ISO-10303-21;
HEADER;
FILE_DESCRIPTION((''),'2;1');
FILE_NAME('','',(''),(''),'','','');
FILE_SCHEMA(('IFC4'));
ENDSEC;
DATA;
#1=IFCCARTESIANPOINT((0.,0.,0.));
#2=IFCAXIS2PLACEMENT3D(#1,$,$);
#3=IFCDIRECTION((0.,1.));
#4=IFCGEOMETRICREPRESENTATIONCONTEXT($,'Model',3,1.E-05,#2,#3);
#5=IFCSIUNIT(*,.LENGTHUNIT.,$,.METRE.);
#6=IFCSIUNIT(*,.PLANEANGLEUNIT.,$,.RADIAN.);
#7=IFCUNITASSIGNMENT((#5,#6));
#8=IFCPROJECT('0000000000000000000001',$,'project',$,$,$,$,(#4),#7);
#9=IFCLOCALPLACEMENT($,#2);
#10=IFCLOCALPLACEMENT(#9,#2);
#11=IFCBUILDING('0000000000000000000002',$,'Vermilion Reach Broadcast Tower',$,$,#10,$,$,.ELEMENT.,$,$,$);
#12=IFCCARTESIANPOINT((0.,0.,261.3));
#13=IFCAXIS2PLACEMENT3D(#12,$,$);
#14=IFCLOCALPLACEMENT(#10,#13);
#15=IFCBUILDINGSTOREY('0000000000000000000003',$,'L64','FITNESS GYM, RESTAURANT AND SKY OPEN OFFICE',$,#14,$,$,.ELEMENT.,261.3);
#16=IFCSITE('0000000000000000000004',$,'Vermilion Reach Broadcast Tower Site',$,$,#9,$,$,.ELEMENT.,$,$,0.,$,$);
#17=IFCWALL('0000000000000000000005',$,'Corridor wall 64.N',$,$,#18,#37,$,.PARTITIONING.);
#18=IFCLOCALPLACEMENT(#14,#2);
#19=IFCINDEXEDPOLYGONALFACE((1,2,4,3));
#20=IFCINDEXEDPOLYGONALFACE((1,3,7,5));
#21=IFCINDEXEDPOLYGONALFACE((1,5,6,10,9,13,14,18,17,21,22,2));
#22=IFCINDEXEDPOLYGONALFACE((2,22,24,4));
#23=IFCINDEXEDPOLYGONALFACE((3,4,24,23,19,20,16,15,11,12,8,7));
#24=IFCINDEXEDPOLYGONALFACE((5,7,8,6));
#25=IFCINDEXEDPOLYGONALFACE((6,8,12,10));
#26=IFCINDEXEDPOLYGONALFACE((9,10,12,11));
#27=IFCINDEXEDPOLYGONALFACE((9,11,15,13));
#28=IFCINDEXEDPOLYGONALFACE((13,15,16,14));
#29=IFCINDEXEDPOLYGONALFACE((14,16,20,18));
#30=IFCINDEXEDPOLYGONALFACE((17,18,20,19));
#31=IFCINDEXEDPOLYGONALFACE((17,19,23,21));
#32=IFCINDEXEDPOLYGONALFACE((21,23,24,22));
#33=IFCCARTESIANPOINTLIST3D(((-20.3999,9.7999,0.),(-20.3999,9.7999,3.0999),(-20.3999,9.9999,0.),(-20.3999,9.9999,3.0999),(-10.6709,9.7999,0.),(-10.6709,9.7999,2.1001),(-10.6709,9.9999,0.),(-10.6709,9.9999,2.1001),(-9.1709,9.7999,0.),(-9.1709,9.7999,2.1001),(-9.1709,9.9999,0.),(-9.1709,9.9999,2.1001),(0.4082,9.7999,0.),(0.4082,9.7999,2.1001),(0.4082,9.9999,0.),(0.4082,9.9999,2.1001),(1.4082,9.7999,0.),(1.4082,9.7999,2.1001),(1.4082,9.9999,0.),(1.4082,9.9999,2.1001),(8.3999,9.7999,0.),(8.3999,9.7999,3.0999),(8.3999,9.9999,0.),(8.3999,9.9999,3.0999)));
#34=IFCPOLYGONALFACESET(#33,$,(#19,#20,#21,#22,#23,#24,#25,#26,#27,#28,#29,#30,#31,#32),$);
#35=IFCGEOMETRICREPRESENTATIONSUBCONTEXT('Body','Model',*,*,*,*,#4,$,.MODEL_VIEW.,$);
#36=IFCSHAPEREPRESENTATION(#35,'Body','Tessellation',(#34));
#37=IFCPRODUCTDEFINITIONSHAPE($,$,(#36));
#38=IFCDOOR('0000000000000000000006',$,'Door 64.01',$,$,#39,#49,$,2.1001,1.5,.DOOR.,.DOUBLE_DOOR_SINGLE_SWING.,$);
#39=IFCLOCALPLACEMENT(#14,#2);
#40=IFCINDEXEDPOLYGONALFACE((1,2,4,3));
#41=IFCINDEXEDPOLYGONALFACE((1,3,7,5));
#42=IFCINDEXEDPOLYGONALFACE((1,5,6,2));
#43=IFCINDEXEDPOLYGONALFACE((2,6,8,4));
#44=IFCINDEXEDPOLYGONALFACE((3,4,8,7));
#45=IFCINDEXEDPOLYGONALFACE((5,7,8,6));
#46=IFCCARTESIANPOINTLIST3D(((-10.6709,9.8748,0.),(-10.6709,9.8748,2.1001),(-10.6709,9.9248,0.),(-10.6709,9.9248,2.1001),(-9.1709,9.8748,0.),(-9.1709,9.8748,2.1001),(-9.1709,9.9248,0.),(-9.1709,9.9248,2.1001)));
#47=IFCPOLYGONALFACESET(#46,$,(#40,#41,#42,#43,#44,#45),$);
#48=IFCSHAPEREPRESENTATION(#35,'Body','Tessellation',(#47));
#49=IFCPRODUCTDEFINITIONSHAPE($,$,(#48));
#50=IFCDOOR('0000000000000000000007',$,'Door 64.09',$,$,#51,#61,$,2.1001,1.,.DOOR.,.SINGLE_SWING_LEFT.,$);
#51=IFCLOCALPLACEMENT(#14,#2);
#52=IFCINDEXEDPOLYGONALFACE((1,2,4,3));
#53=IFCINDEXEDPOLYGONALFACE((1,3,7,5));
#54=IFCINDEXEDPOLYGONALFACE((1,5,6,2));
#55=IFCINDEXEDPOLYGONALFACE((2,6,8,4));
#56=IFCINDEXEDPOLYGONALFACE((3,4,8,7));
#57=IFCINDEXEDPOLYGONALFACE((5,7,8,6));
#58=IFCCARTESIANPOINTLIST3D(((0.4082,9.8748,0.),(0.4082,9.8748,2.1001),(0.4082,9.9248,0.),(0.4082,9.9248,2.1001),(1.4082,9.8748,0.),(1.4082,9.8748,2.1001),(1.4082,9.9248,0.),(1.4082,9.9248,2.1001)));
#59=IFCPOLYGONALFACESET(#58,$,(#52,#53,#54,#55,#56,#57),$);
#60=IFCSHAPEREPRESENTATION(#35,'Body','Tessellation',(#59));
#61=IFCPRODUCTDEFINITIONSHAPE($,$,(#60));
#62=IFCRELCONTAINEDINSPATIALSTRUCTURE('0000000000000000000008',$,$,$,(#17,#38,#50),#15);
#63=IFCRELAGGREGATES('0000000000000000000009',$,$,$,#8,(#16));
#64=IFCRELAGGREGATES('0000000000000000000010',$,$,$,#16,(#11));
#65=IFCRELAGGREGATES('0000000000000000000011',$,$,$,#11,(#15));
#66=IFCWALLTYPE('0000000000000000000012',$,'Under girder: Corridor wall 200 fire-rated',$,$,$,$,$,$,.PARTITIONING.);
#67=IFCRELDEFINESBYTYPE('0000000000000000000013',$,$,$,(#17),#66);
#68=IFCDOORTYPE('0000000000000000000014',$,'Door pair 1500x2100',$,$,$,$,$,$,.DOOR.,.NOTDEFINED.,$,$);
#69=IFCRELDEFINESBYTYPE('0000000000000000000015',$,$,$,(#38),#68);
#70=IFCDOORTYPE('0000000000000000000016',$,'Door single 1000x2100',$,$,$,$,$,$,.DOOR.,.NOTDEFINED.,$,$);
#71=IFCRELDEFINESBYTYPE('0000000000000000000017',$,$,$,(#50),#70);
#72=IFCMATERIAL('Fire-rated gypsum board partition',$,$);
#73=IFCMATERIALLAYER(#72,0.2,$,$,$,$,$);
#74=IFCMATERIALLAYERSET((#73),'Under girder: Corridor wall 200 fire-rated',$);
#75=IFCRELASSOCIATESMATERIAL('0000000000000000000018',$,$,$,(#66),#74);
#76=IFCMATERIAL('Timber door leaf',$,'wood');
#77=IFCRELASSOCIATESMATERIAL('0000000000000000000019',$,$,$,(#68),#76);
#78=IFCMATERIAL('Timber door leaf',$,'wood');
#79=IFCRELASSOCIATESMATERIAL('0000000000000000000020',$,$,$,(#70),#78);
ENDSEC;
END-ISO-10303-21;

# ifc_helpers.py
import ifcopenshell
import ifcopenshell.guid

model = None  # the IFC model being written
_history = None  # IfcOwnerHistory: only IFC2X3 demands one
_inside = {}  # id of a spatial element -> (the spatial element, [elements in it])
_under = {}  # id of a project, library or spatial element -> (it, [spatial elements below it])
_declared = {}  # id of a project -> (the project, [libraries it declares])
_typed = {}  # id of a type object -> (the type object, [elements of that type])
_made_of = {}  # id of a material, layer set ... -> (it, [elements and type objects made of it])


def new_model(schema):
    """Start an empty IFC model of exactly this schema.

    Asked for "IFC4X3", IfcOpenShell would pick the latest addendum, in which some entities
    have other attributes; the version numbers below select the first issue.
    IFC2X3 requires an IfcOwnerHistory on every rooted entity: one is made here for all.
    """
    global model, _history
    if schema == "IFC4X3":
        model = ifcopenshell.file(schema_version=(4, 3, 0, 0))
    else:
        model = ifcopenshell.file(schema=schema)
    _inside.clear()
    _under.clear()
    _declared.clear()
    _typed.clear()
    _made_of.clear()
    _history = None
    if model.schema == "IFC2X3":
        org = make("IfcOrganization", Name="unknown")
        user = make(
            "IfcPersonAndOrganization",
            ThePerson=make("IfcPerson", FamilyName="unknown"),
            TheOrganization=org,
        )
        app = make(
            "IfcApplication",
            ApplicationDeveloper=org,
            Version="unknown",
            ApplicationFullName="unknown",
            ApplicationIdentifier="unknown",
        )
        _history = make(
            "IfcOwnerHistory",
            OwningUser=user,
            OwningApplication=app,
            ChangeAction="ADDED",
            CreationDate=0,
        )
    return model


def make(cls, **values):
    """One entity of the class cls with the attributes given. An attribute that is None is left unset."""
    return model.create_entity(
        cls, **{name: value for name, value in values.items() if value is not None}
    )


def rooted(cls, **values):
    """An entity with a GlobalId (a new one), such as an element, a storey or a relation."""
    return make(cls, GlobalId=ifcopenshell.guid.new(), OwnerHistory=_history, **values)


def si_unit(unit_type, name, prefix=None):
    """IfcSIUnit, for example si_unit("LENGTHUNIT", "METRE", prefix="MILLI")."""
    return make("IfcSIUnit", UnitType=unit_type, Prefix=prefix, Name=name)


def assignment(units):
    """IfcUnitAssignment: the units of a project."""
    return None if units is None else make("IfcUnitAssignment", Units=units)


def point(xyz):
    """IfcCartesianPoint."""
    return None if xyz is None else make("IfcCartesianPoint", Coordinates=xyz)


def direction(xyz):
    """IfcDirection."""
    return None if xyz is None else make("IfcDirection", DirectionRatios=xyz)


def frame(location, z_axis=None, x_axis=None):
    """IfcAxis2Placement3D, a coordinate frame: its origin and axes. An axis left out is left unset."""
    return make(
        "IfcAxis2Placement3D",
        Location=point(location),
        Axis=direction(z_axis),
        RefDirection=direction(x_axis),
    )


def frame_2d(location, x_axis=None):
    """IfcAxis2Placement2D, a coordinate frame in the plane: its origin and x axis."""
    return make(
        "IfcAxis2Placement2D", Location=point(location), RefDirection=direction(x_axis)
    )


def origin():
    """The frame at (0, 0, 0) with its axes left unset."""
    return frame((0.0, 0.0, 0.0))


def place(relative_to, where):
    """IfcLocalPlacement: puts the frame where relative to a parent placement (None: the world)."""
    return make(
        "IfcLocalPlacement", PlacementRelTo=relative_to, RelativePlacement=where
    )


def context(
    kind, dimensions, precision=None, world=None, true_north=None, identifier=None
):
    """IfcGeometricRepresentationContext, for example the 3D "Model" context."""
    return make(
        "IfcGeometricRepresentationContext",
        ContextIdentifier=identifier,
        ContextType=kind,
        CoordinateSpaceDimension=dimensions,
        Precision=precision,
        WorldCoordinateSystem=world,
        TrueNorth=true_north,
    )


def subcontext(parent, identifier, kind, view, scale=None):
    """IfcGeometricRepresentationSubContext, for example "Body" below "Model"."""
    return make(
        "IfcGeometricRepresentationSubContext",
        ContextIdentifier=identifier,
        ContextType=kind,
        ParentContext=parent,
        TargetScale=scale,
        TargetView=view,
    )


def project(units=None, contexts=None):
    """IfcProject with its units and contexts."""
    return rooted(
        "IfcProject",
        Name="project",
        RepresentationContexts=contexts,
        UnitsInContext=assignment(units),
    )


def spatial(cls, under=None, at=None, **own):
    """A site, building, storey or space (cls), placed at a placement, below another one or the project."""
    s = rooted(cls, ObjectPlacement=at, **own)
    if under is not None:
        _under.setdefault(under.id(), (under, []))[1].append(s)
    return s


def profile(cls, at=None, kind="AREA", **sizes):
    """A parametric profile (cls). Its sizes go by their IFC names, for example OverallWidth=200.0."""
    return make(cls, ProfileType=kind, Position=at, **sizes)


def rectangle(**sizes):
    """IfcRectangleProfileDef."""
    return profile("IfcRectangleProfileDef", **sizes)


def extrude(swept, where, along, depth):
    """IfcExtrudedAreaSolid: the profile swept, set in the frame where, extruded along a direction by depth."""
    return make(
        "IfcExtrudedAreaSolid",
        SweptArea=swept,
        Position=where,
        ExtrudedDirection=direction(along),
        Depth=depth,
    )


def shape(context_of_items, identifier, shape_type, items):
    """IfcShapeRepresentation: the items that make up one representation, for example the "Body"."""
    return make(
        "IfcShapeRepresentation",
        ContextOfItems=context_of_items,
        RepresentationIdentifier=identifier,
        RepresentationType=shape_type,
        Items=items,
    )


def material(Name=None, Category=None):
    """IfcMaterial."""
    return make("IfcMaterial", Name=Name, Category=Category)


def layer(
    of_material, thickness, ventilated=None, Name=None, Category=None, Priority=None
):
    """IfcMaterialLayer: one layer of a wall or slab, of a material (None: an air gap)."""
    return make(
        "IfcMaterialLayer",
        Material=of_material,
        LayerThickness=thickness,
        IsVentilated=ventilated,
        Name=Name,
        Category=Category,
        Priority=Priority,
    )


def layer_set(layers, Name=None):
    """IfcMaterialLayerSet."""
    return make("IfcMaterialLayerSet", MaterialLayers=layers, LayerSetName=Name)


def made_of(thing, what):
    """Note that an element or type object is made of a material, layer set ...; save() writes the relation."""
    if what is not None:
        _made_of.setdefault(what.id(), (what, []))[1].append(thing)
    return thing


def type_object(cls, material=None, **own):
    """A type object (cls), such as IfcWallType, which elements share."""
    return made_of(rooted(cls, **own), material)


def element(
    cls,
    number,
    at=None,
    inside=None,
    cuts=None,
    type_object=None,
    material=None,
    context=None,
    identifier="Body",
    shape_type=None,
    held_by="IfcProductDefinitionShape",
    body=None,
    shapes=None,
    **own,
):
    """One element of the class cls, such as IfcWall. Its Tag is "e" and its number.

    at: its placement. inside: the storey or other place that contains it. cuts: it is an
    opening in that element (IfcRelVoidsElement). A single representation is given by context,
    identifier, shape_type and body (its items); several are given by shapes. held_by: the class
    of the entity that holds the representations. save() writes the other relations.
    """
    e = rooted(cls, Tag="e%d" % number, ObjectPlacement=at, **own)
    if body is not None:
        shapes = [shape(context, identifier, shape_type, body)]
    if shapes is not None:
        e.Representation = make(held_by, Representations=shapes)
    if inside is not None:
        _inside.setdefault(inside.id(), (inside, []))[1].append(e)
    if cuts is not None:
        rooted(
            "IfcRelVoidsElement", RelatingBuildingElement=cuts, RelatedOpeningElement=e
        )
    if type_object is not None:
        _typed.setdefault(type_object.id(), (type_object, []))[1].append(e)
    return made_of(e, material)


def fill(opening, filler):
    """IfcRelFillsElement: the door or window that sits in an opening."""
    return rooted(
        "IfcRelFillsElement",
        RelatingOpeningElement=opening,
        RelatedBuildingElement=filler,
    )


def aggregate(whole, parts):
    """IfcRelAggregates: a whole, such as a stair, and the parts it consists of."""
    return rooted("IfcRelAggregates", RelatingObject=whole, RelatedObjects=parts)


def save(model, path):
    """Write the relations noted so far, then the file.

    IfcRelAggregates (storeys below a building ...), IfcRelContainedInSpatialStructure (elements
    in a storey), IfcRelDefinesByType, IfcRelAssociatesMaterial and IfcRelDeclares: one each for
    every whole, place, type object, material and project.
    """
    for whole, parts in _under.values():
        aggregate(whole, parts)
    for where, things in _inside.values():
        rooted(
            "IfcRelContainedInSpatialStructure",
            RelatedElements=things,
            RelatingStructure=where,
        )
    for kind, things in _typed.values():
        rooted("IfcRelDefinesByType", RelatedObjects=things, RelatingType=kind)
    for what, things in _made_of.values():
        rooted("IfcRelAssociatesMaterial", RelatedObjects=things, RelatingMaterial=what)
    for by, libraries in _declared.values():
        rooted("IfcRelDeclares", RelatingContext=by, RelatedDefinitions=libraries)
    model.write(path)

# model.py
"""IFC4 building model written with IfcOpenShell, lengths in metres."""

from ifc_helpers import new_model, si_unit, direction, frame, frame_2d, origin, place, context, subcontext, project, spatial, rectangle, extrude, material, layer, layer_set, type_object, element, fill, save


model = new_model("IFC4")

# Units and contexts
model_context = context("Model", 3, precision=1e-05, world=origin(), true_north=direction((0.0, 1.0)))
body_context = subcontext(model_context, "Body", "Model", "MODEL_VIEW")
ifc_project = project(units=[si_unit("LENGTHUNIT", "METRE"), si_unit("PLANEANGLEUNIT", "RADIAN")], contexts=[model_context])

# Site, building, storey
site_placement = place(None, origin())
site = spatial("IfcSite", under=ifc_project, at=site_placement, Name="Vermilion Reach Broadcast Tower Site", CompositionType="ELEMENT", RefElevation=0.0)
building_placement = place(site_placement, origin())
building = spatial("IfcBuilding", under=site, at=building_placement, Name="Vermilion Reach Broadcast Tower", CompositionType="ELEMENT")
storey_placement = place(building_placement, frame((0.0, 0.0, 261.3)))
storey = spatial("IfcBuildingStorey", under=building, at=storey_placement, Name="L64", Description="FITNESS GYM, RESTAURANT AND SKY OPEN OFFICE", CompositionType="ELEMENT", Elevation=261.3)

# Wall, openings, doors
ifc_material_1 = material(Name="Fire-rated gypsum board partition")
ifc_layer_1 = layer(ifc_material_1, 0.2)
ifc_layer_set_1 = layer_set([ifc_layer_1], Name="Under girder: Corridor wall 200 fire-rated")
wall_type_1 = type_object("IfcWallType", Name="Under girder: Corridor wall 200 fire-rated", PredefinedType="PARTITIONING", material=ifc_layer_set_1)
wall_1_placement = place(storey_placement, frame((-20.3999, 9.8999, 0.0), z_axis=(0.0, 0.0, 1.0), x_axis=(1.0, 0.0, 0.0)))
wall_1 = element("IfcWall", 1, at=wall_1_placement, inside=storey, type_object=wall_type_1, Name="Corridor wall 64.N", PredefinedType="PARTITIONING", context=body_context, shape_type="SweptSolid", body=[
    extrude(rectangle(XDim=28.7998, YDim=0.2, at=frame_2d((14.3999, 0.0))), origin(), (0.0, 0.0, 1.0), 3.0999),
])
opening_1_placement = place(wall_1_placement, frame((9.729, 0.0, 0.0)))
opening_1 = element("IfcOpeningElement", 2, at=opening_1_placement, cuts=wall_1, PredefinedType="OPENING", context=body_context, shape_type="SweptSolid", body=[
    extrude(rectangle(XDim=1.5, YDim=2.1001, at=frame_2d((0.75, 1.05))), frame((0.0, 0.1099, 0.0), z_axis=(0.0, -1.0, 0.0), x_axis=(1.0, 0.0, 0.0)), (0.0, 0.0, 1.0), 0.22),
])
opening_2_placement = place(wall_1_placement, frame((20.8081, 0.0, 0.0)))
opening_2 = element("IfcOpeningElement", 3, at=opening_2_placement, cuts=wall_1, PredefinedType="OPENING", context=body_context, shape_type="SweptSolid", body=[
    extrude(rectangle(XDim=1.0, YDim=2.1001, at=frame_2d((0.5, 1.05))), frame((0.0, 0.1099, 0.0), z_axis=(0.0, -1.0, 0.0), x_axis=(1.0, 0.0, 0.0)), (0.0, 0.0, 1.0), 0.22),
])
ifc_material_2 = material(Name="Timber door leaf", Category="wood")
door_type_1 = type_object("IfcDoorType", Name="Door pair 1500x2100", OperationType="NOTDEFINED", PredefinedType="DOOR", material=ifc_material_2)
door_1_placement = place(opening_1_placement, origin())
door_1 = element("IfcDoor", 4, at=door_1_placement, inside=storey, type_object=door_type_1, Name="Door 64.01", OperationType="DOUBLE_DOOR_SINGLE_SWING", OverallHeight=2.1001, OverallWidth=1.5, PredefinedType="DOOR", context=body_context, shape_type="SweptSolid", body=[
    extrude(rectangle(XDim=1.5, YDim=2.1001, at=frame_2d((0.75, 1.05))), frame((0.0, 0.0249, 0.0), z_axis=(0.0, -1.0, 0.0), x_axis=(1.0, 0.0, 0.0)), (0.0, 0.0, 1.0), 0.05),
])
fill(opening_1, door_1)
ifc_material_3 = material(Name="Timber door leaf", Category="wood")
door_type_2 = type_object("IfcDoorType", Name="Door single 1000x2100", OperationType="NOTDEFINED", PredefinedType="DOOR", material=ifc_material_3)
door_2_placement = place(opening_2_placement, origin())
door_2 = element("IfcDoor", 5, at=door_2_placement, inside=storey, type_object=door_type_2, Name="Door 64.09", OperationType="SINGLE_SWING_LEFT", OverallHeight=2.1001, OverallWidth=1.0, PredefinedType="DOOR", context=body_context, shape_type="SweptSolid", body=[
    extrude(rectangle(XDim=1.0, YDim=2.1001, at=frame_2d((0.5, 1.05))), frame((0.0, 0.0249, 0.0), z_axis=(0.0, -1.0, 0.0), x_axis=(1.0, 0.0, 0.0)), (0.0, 0.0, 1.0), 0.05),
])
fill(opening_2, door_2)

save(model, "model.ifc")
